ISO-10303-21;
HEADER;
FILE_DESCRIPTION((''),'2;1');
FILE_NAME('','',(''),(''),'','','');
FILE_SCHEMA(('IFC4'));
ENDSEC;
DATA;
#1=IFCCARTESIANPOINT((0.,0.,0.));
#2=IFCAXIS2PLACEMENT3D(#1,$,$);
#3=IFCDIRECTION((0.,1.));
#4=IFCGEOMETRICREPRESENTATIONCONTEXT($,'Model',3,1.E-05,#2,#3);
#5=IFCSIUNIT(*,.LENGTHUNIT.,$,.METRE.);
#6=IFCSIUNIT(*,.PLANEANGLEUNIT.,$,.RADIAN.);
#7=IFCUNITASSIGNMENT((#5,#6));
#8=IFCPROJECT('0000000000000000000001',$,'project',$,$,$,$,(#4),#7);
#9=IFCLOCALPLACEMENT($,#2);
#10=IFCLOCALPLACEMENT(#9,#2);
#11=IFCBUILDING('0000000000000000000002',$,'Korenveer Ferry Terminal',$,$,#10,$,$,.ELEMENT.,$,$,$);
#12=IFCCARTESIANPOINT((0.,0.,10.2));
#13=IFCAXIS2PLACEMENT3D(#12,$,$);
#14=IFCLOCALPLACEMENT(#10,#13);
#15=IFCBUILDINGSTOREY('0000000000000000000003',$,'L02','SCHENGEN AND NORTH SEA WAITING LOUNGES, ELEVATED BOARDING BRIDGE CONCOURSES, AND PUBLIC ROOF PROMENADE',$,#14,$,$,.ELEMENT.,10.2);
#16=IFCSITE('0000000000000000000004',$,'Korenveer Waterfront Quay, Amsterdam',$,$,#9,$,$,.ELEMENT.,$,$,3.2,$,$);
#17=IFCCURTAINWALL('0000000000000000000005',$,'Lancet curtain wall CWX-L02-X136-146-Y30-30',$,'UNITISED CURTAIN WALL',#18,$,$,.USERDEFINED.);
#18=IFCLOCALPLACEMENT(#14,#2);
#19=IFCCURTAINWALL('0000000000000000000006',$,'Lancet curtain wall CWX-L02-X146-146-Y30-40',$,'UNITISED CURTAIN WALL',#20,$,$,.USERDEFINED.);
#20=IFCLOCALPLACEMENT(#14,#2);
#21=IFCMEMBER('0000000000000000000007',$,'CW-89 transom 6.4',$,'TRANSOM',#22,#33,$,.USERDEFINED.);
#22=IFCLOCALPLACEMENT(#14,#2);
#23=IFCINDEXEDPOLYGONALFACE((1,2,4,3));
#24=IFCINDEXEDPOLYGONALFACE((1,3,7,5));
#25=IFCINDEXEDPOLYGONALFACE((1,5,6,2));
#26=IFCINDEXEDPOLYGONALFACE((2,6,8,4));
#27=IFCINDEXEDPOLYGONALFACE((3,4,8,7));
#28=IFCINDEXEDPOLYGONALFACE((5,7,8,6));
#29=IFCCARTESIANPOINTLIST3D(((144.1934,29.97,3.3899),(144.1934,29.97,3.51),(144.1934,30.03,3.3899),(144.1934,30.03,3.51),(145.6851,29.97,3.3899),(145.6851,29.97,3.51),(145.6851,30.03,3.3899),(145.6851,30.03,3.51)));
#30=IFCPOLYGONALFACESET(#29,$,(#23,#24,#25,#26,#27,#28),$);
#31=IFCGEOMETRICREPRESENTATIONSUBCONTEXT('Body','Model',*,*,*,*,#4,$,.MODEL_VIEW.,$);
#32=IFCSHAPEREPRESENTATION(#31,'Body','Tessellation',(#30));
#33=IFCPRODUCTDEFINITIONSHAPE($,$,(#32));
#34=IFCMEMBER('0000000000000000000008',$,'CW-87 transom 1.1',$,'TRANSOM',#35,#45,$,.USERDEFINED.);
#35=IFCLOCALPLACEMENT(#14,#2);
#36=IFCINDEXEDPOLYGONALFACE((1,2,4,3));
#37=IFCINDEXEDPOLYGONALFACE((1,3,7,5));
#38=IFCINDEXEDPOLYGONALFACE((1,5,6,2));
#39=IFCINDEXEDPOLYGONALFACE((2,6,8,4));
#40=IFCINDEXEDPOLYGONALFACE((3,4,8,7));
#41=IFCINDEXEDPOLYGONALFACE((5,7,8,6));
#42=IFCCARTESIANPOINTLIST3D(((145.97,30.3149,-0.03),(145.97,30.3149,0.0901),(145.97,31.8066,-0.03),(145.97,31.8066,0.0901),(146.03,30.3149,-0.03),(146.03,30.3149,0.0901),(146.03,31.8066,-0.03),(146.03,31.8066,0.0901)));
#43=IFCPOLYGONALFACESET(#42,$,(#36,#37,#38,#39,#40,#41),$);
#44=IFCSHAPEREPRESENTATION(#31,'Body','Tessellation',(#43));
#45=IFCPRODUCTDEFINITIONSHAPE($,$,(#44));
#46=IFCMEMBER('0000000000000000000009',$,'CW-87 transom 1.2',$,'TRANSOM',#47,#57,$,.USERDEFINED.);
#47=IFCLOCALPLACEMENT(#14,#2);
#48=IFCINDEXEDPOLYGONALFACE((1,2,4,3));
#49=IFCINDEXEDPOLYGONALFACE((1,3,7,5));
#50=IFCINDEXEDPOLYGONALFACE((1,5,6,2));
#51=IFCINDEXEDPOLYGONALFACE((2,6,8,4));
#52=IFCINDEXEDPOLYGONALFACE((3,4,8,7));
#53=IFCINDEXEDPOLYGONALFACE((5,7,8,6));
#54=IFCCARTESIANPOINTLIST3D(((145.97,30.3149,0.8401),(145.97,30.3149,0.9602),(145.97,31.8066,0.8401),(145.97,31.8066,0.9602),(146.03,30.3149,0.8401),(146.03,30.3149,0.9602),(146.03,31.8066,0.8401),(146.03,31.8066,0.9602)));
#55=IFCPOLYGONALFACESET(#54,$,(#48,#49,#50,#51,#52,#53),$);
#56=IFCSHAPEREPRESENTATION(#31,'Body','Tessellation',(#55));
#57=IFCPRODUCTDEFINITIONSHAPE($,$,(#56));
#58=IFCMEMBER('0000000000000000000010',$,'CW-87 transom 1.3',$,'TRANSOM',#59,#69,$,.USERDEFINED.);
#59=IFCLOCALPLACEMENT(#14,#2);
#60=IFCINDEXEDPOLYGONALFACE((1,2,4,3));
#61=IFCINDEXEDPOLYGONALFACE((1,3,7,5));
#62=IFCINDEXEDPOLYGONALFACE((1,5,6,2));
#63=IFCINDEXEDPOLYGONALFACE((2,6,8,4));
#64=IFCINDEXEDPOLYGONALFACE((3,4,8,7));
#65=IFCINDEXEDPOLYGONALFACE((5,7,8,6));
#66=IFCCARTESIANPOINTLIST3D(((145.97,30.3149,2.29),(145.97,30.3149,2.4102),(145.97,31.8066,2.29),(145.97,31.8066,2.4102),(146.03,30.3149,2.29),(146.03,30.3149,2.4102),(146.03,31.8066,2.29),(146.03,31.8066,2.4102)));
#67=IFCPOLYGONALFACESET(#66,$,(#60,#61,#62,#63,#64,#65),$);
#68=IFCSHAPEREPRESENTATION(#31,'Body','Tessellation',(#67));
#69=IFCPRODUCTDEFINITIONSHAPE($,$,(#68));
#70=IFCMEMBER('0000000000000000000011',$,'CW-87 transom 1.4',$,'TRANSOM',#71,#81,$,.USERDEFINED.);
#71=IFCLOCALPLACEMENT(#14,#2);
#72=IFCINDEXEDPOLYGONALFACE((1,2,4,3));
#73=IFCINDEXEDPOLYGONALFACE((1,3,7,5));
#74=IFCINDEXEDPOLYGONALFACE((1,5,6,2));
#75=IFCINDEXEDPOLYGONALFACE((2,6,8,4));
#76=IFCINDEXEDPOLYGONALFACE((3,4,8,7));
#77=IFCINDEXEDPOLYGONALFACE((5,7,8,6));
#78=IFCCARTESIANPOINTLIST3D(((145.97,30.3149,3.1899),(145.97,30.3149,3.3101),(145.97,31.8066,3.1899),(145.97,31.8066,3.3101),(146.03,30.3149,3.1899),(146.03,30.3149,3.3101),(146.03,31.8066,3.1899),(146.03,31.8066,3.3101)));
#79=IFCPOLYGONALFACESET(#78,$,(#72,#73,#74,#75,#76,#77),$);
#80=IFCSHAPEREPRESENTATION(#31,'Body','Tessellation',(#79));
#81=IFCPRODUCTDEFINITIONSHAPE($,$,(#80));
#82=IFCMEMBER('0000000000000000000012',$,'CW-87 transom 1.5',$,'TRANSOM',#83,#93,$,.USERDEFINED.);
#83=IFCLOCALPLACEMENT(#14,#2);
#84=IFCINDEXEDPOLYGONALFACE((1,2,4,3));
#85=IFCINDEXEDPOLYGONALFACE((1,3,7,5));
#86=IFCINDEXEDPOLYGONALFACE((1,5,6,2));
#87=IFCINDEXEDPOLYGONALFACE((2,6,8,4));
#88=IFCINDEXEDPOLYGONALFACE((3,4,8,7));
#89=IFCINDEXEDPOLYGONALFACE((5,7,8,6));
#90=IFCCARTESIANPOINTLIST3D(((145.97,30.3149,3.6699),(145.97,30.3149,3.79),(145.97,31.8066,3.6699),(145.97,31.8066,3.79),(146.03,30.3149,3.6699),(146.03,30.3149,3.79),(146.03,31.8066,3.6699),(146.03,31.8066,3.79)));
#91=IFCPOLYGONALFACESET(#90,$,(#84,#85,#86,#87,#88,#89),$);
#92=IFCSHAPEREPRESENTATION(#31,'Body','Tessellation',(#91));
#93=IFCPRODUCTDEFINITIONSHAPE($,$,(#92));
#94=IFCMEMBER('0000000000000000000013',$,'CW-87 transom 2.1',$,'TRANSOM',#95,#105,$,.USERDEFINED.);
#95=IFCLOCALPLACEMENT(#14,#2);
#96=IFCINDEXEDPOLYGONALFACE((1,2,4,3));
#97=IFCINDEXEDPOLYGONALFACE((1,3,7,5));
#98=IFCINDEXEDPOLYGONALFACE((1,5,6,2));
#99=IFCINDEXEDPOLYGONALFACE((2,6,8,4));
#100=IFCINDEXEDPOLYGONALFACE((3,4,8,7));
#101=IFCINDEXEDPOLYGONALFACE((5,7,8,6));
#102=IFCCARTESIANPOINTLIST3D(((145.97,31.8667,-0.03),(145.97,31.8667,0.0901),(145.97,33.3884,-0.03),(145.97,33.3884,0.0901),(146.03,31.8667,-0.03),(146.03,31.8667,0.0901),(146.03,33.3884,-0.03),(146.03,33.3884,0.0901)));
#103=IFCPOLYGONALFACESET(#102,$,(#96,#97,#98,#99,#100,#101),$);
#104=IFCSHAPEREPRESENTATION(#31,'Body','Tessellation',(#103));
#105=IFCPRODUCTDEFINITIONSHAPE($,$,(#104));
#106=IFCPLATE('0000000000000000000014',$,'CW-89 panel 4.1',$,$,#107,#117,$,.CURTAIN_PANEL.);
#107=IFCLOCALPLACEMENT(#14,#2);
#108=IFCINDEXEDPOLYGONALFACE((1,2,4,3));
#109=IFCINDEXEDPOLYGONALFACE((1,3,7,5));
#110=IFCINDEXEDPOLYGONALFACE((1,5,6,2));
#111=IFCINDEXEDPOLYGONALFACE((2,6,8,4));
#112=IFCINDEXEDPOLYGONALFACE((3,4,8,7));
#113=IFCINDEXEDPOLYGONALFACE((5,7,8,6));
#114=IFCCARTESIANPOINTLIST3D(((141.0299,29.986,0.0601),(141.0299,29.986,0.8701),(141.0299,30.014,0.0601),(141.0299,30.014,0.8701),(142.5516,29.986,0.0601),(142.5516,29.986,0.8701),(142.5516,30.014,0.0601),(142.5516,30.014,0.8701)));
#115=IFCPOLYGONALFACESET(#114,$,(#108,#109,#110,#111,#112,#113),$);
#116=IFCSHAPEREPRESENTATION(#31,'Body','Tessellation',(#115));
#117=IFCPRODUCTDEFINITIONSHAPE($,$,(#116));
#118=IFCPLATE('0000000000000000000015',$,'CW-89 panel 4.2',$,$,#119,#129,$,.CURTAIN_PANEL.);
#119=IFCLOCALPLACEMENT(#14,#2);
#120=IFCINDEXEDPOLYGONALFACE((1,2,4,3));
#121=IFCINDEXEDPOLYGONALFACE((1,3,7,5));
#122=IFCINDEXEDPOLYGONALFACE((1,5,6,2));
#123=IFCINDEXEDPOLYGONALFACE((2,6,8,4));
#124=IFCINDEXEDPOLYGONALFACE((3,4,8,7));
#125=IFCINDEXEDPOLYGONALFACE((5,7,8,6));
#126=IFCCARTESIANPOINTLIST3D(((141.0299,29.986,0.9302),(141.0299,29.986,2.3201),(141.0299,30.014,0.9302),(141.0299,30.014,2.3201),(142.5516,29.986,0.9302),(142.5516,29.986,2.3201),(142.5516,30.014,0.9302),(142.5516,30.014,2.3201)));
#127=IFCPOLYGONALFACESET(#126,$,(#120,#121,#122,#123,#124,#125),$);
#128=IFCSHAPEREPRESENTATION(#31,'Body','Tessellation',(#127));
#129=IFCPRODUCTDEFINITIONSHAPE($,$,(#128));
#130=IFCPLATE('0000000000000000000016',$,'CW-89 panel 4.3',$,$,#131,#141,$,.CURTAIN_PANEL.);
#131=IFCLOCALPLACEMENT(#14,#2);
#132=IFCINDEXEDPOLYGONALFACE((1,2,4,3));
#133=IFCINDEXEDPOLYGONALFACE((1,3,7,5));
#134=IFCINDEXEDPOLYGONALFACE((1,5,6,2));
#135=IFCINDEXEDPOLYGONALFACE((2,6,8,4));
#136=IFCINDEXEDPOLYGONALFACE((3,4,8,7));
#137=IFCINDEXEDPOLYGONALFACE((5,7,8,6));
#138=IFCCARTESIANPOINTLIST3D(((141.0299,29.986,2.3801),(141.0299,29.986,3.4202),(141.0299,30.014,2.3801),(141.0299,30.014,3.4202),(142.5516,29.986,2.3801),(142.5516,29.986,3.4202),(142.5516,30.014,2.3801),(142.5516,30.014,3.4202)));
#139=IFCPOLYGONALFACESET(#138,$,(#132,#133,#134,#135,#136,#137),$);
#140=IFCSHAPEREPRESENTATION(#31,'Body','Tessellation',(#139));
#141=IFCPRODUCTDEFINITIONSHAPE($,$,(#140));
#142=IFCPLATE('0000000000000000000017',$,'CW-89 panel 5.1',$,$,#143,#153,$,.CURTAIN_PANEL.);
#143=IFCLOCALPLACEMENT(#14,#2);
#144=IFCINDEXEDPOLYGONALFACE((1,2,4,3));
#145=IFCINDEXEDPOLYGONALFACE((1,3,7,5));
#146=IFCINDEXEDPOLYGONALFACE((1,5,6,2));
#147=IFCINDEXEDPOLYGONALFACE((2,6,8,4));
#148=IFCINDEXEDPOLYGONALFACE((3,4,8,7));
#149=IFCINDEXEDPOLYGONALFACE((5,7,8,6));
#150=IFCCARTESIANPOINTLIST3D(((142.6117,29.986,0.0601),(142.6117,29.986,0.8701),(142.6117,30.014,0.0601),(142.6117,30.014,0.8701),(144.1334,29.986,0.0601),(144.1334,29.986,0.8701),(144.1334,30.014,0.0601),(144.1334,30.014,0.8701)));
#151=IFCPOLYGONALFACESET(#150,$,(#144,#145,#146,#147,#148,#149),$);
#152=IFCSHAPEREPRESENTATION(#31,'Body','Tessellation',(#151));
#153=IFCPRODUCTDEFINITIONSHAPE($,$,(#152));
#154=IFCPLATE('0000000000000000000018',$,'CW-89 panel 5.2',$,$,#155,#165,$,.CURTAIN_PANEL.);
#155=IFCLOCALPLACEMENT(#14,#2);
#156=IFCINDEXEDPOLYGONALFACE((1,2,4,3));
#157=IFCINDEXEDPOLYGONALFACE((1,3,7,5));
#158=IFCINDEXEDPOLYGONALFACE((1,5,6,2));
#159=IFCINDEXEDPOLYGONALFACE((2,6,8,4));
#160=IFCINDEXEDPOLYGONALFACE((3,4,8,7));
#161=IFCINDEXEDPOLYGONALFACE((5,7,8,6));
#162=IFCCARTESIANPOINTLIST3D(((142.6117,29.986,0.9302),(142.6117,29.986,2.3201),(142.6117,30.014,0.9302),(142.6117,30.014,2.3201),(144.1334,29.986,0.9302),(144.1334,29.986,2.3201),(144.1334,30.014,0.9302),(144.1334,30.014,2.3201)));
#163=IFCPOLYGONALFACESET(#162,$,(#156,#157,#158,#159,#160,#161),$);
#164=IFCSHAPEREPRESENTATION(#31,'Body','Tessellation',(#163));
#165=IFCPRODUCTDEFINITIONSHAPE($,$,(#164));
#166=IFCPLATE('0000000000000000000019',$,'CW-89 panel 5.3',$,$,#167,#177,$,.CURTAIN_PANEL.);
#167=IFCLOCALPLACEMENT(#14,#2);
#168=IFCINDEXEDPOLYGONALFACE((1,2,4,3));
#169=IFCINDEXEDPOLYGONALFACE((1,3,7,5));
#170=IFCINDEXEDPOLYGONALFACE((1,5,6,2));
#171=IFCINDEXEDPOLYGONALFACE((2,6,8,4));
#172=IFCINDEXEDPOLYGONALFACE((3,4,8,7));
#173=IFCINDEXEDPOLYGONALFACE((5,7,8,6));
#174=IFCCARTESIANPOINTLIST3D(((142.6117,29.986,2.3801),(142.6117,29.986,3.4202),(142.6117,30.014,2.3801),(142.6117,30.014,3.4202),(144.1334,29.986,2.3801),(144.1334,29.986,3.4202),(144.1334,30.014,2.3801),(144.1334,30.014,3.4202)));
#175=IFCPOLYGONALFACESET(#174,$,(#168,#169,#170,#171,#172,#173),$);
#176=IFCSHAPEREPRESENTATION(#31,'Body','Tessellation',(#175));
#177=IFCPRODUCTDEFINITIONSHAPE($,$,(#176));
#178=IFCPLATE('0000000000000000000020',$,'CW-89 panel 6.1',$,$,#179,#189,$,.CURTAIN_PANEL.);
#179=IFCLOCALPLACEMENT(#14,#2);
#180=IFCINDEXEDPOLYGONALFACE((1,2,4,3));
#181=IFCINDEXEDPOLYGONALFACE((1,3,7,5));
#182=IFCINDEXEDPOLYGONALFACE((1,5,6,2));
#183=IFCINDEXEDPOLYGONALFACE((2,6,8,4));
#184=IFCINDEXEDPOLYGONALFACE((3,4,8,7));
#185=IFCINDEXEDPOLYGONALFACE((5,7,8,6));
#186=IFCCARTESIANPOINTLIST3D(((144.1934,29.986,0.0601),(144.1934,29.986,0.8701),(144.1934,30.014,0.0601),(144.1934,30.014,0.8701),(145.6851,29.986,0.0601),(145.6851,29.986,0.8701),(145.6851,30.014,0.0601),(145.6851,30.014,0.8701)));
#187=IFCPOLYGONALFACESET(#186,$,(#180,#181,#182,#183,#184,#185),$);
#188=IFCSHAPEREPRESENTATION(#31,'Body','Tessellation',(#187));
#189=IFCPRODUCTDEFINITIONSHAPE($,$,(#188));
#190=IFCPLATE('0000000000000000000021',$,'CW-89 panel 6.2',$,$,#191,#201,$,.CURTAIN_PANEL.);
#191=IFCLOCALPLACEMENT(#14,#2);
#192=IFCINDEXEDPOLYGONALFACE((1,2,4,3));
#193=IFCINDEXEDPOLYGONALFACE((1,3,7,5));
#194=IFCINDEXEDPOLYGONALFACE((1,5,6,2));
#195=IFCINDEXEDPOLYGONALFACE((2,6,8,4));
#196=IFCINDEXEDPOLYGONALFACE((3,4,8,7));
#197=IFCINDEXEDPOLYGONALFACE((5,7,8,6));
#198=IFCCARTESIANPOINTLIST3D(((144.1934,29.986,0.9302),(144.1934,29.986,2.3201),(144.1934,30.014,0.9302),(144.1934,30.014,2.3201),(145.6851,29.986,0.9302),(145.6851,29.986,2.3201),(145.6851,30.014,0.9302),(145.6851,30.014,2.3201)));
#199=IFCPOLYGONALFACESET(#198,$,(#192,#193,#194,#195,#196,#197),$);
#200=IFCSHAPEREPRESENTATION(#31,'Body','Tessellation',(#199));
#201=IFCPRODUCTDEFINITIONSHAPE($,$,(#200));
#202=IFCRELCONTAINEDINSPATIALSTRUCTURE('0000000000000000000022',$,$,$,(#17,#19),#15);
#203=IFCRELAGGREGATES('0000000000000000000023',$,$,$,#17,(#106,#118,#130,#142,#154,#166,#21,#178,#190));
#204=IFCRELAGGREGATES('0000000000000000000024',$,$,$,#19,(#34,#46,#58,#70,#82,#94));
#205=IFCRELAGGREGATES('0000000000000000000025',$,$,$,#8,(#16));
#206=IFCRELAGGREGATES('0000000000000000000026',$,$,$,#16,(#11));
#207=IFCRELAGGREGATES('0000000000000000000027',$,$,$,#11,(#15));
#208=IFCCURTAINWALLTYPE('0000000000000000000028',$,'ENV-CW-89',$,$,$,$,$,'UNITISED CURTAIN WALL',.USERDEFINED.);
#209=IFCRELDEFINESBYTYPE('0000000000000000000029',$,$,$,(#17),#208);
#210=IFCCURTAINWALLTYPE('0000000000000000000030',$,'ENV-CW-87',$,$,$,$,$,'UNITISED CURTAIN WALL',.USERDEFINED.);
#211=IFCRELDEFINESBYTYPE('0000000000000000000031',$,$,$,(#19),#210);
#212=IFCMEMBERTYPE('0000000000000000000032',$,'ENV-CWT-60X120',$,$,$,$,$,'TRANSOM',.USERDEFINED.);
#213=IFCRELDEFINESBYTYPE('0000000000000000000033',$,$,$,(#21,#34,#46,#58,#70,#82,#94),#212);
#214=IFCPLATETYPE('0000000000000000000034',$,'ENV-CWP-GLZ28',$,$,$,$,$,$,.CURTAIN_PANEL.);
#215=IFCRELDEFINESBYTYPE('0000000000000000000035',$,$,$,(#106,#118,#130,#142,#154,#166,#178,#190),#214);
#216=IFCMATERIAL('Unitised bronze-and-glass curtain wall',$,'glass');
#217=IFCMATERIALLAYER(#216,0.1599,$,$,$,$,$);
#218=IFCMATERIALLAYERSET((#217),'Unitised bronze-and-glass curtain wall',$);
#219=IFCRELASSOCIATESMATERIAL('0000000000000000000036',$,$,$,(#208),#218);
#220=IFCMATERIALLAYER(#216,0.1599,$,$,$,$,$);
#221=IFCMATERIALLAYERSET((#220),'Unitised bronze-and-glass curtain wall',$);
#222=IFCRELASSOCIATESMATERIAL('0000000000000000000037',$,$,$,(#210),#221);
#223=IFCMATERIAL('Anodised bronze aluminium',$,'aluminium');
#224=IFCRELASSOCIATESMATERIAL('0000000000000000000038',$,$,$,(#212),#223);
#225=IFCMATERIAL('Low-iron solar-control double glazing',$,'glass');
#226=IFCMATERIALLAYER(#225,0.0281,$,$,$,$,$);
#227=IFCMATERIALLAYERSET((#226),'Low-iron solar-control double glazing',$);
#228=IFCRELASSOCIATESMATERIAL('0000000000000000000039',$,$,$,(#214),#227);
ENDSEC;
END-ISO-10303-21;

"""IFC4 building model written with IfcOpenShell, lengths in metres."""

from ifc_helpers import new_model, si_unit, direction, frame, origin, origin_2d, place, context, subcontext, project, spatial, rectangle, extrude, material, layer, layer_set, material_profile, profile_set, type_object, element, aggregate, save


model = new_model("IFC4")

# Units and contexts
model_context = context("Model", 3, precision=1e-05, world=origin(), true_north=direction((0.0, 1.0)))
body_context = subcontext(model_context, "Body", "Model", "MODEL_VIEW")
ifc_project = project(units=[si_unit("LENGTHUNIT", "METRE"), si_unit("PLANEANGLEUNIT", "RADIAN")], contexts=[model_context])

# Site, building, storey
site_placement = place(None, origin())
site = spatial("IfcSite", under=ifc_project, at=site_placement, Name="Korenveer Waterfront Quay, Amsterdam", CompositionType="ELEMENT", RefElevation=3.2)
building_placement = place(site_placement, origin())
building = spatial("IfcBuilding", under=site, at=building_placement, Name="Korenveer Ferry Terminal", CompositionType="ELEMENT")
storey_placement = place(building_placement, frame((0.0, 0.0, 10.2)))
storey = spatial("IfcBuildingStorey", under=building, at=storey_placement, Name="L02", Description="SCHENGEN AND NORTH SEA WAITING LOUNGES, ELEVATED BOARDING BRIDGE CONCOURSES, AND PUBLIC ROOF PROMENADE", CompositionType="ELEMENT", Elevation=10.2)

# Curtain walls
ifc_material_1 = material(Name="Unitised bronze-and-glass curtain wall", Category="glass")
ifc_layer_1 = layer(ifc_material_1, 0.1599)
ifc_layer_set_1 = layer_set([ifc_layer_1], Name="Unitised bronze-and-glass curtain wall")
curtain_wall_type_1 = type_object("IfcCurtainWallType", Name="ENV-CW-89", ElementType="UNITISED CURTAIN WALL", PredefinedType="USERDEFINED", material=ifc_layer_set_1)
curtain_wall_1_placement = place(storey_placement, frame((136.2549, 30.0, 0.0)))
curtain_wall_1 = element("IfcCurtainWall", 1, at=curtain_wall_1_placement, inside=storey, type_object=curtain_wall_type_1, Name="Lancet curtain wall CWX-L02-X136-146-Y30-30", ObjectType="UNITISED CURTAIN WALL", PredefinedType="USERDEFINED")
ifc_material_2 = material(Name="Anodised bronze aluminium", Category="aluminium")
ifc_layer_2 = layer(ifc_material_1, 0.1599)
ifc_layer_set_2 = layer_set([ifc_layer_2], Name="Unitised bronze-and-glass curtain wall")
curtain_wall_type_2 = type_object("IfcCurtainWallType", Name="ENV-CW-87", ElementType="UNITISED CURTAIN WALL", PredefinedType="USERDEFINED", material=ifc_layer_set_2)
curtain_wall_2_placement = place(storey_placement, frame((146.0, 30.2549, 0.0)))
curtain_wall_2 = element("IfcCurtainWall", 2, at=curtain_wall_2_placement, inside=storey, type_object=curtain_wall_type_2, Name="Lancet curtain wall CWX-L02-X146-146-Y30-40", ObjectType="UNITISED CURTAIN WALL", PredefinedType="USERDEFINED")

# Members
ifc_material_profile_1 = material_profile(ifc_material_2, rectangle(XDim=0.0601, YDim=0.1201, at=origin_2d()), Name="ALU 60x120")
ifc_profile_set_1 = profile_set([ifc_material_profile_1], Name="Anodised bronze aluminium")
member_type_1 = type_object("IfcMemberType", Name="ENV-CWT-60X120", ElementType="TRANSOM", PredefinedType="USERDEFINED", material=ifc_profile_set_1)
member_1_placement = place(storey_placement, frame((144.1934, 30.0, 3.45), z_axis=(1.0, 0.0, 0.0), x_axis=(0.0, 1.0, 0.0)))
member_1 = element("IfcMember", 3, at=member_1_placement, type_object=member_type_1, Name="CW-89 transom 6.4", ObjectType="TRANSOM", PredefinedType="USERDEFINED", context=body_context, shape_type="SweptSolid", body=[
    extrude(rectangle(XDim=0.0601, YDim=0.1201, at=origin_2d()), origin(), (0.0, 0.0, 1.0), 1.4917),
])
member_2_placement = place(storey_placement, frame((146.0, 30.3149, 0.03), z_axis=(0.0, 1.0, 0.0), x_axis=(-1.0, 0.0, 0.0)))
member_2 = element("IfcMember", 4, at=member_2_placement, type_object=member_type_1, Name="CW-87 transom 1.1", ObjectType="TRANSOM", PredefinedType="USERDEFINED", context=body_context, shape_type="SweptSolid", body=[
    extrude(rectangle(XDim=0.0601, YDim=0.1201, at=origin_2d()), origin(), (0.0, 0.0, 1.0), 1.4917),
])
member_3_placement = place(storey_placement, frame((146.0, 30.3149, 0.9001), z_axis=(0.0, 1.0, 0.0), x_axis=(-1.0, 0.0, 0.0)))
member_3 = element("IfcMember", 5, at=member_3_placement, type_object=member_type_1, Name="CW-87 transom 1.2", ObjectType="TRANSOM", PredefinedType="USERDEFINED", context=body_context, shape_type="SweptSolid", body=[
    extrude(rectangle(XDim=0.0601, YDim=0.1201, at=origin_2d()), origin(), (0.0, 0.0, 1.0), 1.4917),
])
member_4_placement = place(storey_placement, frame((146.0, 30.3149, 2.3501), z_axis=(0.0, 1.0, 0.0), x_axis=(-1.0, 0.0, 0.0)))
member_4 = element("IfcMember", 6, at=member_4_placement, type_object=member_type_1, Name="CW-87 transom 1.3", ObjectType="TRANSOM", PredefinedType="USERDEFINED", context=body_context, shape_type="SweptSolid", body=[
    extrude(rectangle(XDim=0.0601, YDim=0.1201, at=origin_2d()), origin(), (0.0, 0.0, 1.0), 1.4917),
])
member_5_placement = place(storey_placement, frame((146.0, 30.3149, 3.25), z_axis=(0.0, 1.0, 0.0), x_axis=(-1.0, 0.0, 0.0)))
member_5 = element("IfcMember", 7, at=member_5_placement, type_object=member_type_1, Name="CW-87 transom 1.4", ObjectType="TRANSOM", PredefinedType="USERDEFINED", context=body_context, shape_type="SweptSolid", body=[
    extrude(rectangle(XDim=0.0601, YDim=0.1201, at=origin_2d()), origin(), (0.0, 0.0, 1.0), 1.4917),
])
member_6_placement = place(storey_placement, frame((146.0, 30.3149, 3.73), z_axis=(0.0, 1.0, 0.0), x_axis=(-1.0, 0.0, 0.0)))
member_6 = element("IfcMember", 8, at=member_6_placement, type_object=member_type_1, Name="CW-87 transom 1.5", ObjectType="TRANSOM", PredefinedType="USERDEFINED", context=body_context, shape_type="SweptSolid", body=[
    extrude(rectangle(XDim=0.0601, YDim=0.1201, at=origin_2d()), origin(), (0.0, 0.0, 1.0), 1.4917),
])
member_7_placement = place(storey_placement, frame((146.0, 31.8667, 0.03), z_axis=(0.0, 1.0, 0.0), x_axis=(-1.0, 0.0, 0.0)))
member_7 = element("IfcMember", 9, at=member_7_placement, type_object=member_type_1, Name="CW-87 transom 2.1", ObjectType="TRANSOM", PredefinedType="USERDEFINED", context=body_context, shape_type="SweptSolid", body=[
    extrude(rectangle(XDim=0.0601, YDim=0.1201, at=origin_2d()), origin(), (0.0, 0.0, 1.0), 1.5217),
])

# Plates
ifc_material_3 = material(Name="Low-iron solar-control double glazing", Category="glass")
ifc_layer_3 = layer(ifc_material_3, 0.0281)
ifc_layer_set_3 = layer_set([ifc_layer_3], Name="Low-iron solar-control double glazing")
plate_type = type_object("IfcPlateType", Name="ENV-CWP-GLZ28", PredefinedType="CURTAIN_PANEL", material=ifc_layer_set_3)
plate_1_placement = place(storey_placement, frame((141.7908, 30.0, 0.0601), z_axis=(0.0, 0.0, 1.0), x_axis=(1.0, 0.0, 0.0)))
plate_1 = element("IfcPlate", 10, at=plate_1_placement, type_object=plate_type, Name="CW-89 panel 4.1", PredefinedType="CURTAIN_PANEL", context=body_context, shape_type="SweptSolid", body=[
    extrude(rectangle(XDim=1.5217, YDim=0.0281, at=origin_2d()), origin(), (0.0, 0.0, 1.0), 0.8101),
])
plate_2_placement = place(storey_placement, frame((141.7908, 30.0, 0.9302), z_axis=(0.0, 0.0, 1.0), x_axis=(1.0, 0.0, 0.0)))
plate_2 = element("IfcPlate", 11, at=plate_2_placement, type_object=plate_type, Name="CW-89 panel 4.2", PredefinedType="CURTAIN_PANEL", context=body_context, shape_type="SweptSolid", body=[
    extrude(rectangle(XDim=1.5217, YDim=0.0281, at=origin_2d()), origin(), (0.0, 0.0, 1.0), 1.3899),
])
plate_3_placement = place(storey_placement, frame((141.7908, 30.0, 2.3801), z_axis=(0.0, 0.0, 1.0), x_axis=(1.0, 0.0, 0.0)))
plate_3 = element("IfcPlate", 12, at=plate_3_placement, type_object=plate_type, Name="CW-89 panel 4.3", PredefinedType="CURTAIN_PANEL", context=body_context, shape_type="SweptSolid", body=[
    extrude(rectangle(XDim=1.5217, YDim=0.0281, at=origin_2d()), origin(), (0.0, 0.0, 1.0), 1.04),
])
plate_4_placement = place(storey_placement, frame((143.3726, 30.0, 0.0601), z_axis=(0.0, 0.0, 1.0), x_axis=(1.0, 0.0, 0.0)))
plate_4 = element("IfcPlate", 13, at=plate_4_placement, type_object=plate_type, Name="CW-89 panel 5.1", PredefinedType="CURTAIN_PANEL", context=body_context, shape_type="SweptSolid", body=[
    extrude(rectangle(XDim=1.5217, YDim=0.0281, at=origin_2d()), origin(), (0.0, 0.0, 1.0), 0.8101),
])
plate_5_placement = place(storey_placement, frame((143.3726, 30.0, 0.9302), z_axis=(0.0, 0.0, 1.0), x_axis=(1.0, 0.0, 0.0)))
plate_5 = element("IfcPlate", 14, at=plate_5_placement, type_object=plate_type, Name="CW-89 panel 5.2", PredefinedType="CURTAIN_PANEL", context=body_context, shape_type="SweptSolid", body=[
    extrude(rectangle(XDim=1.5217, YDim=0.0281, at=origin_2d()), origin(), (0.0, 0.0, 1.0), 1.3899),
])
plate_6_placement = place(storey_placement, frame((143.3726, 30.0, 2.3801), z_axis=(0.0, 0.0, 1.0), x_axis=(1.0, 0.0, 0.0)))
plate_6 = element("IfcPlate", 15, at=plate_6_placement, type_object=plate_type, Name="CW-89 panel 5.3", PredefinedType="CURTAIN_PANEL", context=body_context, shape_type="SweptSolid", body=[
    extrude(rectangle(XDim=1.5217, YDim=0.0281, at=origin_2d()), origin(), (0.0, 0.0, 1.0), 1.04),
])
plate_7_placement = place(storey_placement, frame((144.9392, 30.0, 0.0601), z_axis=(0.0, 0.0, 1.0), x_axis=(1.0, 0.0, 0.0)))
plate_7 = element("IfcPlate", 16, at=plate_7_placement, type_object=plate_type, Name="CW-89 panel 6.1", PredefinedType="CURTAIN_PANEL", context=body_context, shape_type="SweptSolid", body=[
    extrude(rectangle(XDim=1.4917, YDim=0.0281, at=origin_2d()), origin(), (0.0, 0.0, 1.0), 0.8101),
])
plate_8_placement = place(storey_placement, frame((144.9392, 30.0, 0.9302), z_axis=(0.0, 0.0, 1.0), x_axis=(1.0, 0.0, 0.0)))
plate_8 = element("IfcPlate", 17, at=plate_8_placement, type_object=plate_type, Name="CW-89 panel 6.2", PredefinedType="CURTAIN_PANEL", context=body_context, shape_type="SweptSolid", body=[
    extrude(rectangle(XDim=1.4917, YDim=0.0281, at=origin_2d()), origin(), (0.0, 0.0, 1.0), 1.3899),
])
aggregate(curtain_wall_1, [plate_1, plate_2, plate_3, plate_4, plate_5, plate_6, member_1, plate_7, plate_8])
aggregate(curtain_wall_2, [member_2, member_3, member_4, member_5, member_6, member_7])

save(model, "model.ifc")
